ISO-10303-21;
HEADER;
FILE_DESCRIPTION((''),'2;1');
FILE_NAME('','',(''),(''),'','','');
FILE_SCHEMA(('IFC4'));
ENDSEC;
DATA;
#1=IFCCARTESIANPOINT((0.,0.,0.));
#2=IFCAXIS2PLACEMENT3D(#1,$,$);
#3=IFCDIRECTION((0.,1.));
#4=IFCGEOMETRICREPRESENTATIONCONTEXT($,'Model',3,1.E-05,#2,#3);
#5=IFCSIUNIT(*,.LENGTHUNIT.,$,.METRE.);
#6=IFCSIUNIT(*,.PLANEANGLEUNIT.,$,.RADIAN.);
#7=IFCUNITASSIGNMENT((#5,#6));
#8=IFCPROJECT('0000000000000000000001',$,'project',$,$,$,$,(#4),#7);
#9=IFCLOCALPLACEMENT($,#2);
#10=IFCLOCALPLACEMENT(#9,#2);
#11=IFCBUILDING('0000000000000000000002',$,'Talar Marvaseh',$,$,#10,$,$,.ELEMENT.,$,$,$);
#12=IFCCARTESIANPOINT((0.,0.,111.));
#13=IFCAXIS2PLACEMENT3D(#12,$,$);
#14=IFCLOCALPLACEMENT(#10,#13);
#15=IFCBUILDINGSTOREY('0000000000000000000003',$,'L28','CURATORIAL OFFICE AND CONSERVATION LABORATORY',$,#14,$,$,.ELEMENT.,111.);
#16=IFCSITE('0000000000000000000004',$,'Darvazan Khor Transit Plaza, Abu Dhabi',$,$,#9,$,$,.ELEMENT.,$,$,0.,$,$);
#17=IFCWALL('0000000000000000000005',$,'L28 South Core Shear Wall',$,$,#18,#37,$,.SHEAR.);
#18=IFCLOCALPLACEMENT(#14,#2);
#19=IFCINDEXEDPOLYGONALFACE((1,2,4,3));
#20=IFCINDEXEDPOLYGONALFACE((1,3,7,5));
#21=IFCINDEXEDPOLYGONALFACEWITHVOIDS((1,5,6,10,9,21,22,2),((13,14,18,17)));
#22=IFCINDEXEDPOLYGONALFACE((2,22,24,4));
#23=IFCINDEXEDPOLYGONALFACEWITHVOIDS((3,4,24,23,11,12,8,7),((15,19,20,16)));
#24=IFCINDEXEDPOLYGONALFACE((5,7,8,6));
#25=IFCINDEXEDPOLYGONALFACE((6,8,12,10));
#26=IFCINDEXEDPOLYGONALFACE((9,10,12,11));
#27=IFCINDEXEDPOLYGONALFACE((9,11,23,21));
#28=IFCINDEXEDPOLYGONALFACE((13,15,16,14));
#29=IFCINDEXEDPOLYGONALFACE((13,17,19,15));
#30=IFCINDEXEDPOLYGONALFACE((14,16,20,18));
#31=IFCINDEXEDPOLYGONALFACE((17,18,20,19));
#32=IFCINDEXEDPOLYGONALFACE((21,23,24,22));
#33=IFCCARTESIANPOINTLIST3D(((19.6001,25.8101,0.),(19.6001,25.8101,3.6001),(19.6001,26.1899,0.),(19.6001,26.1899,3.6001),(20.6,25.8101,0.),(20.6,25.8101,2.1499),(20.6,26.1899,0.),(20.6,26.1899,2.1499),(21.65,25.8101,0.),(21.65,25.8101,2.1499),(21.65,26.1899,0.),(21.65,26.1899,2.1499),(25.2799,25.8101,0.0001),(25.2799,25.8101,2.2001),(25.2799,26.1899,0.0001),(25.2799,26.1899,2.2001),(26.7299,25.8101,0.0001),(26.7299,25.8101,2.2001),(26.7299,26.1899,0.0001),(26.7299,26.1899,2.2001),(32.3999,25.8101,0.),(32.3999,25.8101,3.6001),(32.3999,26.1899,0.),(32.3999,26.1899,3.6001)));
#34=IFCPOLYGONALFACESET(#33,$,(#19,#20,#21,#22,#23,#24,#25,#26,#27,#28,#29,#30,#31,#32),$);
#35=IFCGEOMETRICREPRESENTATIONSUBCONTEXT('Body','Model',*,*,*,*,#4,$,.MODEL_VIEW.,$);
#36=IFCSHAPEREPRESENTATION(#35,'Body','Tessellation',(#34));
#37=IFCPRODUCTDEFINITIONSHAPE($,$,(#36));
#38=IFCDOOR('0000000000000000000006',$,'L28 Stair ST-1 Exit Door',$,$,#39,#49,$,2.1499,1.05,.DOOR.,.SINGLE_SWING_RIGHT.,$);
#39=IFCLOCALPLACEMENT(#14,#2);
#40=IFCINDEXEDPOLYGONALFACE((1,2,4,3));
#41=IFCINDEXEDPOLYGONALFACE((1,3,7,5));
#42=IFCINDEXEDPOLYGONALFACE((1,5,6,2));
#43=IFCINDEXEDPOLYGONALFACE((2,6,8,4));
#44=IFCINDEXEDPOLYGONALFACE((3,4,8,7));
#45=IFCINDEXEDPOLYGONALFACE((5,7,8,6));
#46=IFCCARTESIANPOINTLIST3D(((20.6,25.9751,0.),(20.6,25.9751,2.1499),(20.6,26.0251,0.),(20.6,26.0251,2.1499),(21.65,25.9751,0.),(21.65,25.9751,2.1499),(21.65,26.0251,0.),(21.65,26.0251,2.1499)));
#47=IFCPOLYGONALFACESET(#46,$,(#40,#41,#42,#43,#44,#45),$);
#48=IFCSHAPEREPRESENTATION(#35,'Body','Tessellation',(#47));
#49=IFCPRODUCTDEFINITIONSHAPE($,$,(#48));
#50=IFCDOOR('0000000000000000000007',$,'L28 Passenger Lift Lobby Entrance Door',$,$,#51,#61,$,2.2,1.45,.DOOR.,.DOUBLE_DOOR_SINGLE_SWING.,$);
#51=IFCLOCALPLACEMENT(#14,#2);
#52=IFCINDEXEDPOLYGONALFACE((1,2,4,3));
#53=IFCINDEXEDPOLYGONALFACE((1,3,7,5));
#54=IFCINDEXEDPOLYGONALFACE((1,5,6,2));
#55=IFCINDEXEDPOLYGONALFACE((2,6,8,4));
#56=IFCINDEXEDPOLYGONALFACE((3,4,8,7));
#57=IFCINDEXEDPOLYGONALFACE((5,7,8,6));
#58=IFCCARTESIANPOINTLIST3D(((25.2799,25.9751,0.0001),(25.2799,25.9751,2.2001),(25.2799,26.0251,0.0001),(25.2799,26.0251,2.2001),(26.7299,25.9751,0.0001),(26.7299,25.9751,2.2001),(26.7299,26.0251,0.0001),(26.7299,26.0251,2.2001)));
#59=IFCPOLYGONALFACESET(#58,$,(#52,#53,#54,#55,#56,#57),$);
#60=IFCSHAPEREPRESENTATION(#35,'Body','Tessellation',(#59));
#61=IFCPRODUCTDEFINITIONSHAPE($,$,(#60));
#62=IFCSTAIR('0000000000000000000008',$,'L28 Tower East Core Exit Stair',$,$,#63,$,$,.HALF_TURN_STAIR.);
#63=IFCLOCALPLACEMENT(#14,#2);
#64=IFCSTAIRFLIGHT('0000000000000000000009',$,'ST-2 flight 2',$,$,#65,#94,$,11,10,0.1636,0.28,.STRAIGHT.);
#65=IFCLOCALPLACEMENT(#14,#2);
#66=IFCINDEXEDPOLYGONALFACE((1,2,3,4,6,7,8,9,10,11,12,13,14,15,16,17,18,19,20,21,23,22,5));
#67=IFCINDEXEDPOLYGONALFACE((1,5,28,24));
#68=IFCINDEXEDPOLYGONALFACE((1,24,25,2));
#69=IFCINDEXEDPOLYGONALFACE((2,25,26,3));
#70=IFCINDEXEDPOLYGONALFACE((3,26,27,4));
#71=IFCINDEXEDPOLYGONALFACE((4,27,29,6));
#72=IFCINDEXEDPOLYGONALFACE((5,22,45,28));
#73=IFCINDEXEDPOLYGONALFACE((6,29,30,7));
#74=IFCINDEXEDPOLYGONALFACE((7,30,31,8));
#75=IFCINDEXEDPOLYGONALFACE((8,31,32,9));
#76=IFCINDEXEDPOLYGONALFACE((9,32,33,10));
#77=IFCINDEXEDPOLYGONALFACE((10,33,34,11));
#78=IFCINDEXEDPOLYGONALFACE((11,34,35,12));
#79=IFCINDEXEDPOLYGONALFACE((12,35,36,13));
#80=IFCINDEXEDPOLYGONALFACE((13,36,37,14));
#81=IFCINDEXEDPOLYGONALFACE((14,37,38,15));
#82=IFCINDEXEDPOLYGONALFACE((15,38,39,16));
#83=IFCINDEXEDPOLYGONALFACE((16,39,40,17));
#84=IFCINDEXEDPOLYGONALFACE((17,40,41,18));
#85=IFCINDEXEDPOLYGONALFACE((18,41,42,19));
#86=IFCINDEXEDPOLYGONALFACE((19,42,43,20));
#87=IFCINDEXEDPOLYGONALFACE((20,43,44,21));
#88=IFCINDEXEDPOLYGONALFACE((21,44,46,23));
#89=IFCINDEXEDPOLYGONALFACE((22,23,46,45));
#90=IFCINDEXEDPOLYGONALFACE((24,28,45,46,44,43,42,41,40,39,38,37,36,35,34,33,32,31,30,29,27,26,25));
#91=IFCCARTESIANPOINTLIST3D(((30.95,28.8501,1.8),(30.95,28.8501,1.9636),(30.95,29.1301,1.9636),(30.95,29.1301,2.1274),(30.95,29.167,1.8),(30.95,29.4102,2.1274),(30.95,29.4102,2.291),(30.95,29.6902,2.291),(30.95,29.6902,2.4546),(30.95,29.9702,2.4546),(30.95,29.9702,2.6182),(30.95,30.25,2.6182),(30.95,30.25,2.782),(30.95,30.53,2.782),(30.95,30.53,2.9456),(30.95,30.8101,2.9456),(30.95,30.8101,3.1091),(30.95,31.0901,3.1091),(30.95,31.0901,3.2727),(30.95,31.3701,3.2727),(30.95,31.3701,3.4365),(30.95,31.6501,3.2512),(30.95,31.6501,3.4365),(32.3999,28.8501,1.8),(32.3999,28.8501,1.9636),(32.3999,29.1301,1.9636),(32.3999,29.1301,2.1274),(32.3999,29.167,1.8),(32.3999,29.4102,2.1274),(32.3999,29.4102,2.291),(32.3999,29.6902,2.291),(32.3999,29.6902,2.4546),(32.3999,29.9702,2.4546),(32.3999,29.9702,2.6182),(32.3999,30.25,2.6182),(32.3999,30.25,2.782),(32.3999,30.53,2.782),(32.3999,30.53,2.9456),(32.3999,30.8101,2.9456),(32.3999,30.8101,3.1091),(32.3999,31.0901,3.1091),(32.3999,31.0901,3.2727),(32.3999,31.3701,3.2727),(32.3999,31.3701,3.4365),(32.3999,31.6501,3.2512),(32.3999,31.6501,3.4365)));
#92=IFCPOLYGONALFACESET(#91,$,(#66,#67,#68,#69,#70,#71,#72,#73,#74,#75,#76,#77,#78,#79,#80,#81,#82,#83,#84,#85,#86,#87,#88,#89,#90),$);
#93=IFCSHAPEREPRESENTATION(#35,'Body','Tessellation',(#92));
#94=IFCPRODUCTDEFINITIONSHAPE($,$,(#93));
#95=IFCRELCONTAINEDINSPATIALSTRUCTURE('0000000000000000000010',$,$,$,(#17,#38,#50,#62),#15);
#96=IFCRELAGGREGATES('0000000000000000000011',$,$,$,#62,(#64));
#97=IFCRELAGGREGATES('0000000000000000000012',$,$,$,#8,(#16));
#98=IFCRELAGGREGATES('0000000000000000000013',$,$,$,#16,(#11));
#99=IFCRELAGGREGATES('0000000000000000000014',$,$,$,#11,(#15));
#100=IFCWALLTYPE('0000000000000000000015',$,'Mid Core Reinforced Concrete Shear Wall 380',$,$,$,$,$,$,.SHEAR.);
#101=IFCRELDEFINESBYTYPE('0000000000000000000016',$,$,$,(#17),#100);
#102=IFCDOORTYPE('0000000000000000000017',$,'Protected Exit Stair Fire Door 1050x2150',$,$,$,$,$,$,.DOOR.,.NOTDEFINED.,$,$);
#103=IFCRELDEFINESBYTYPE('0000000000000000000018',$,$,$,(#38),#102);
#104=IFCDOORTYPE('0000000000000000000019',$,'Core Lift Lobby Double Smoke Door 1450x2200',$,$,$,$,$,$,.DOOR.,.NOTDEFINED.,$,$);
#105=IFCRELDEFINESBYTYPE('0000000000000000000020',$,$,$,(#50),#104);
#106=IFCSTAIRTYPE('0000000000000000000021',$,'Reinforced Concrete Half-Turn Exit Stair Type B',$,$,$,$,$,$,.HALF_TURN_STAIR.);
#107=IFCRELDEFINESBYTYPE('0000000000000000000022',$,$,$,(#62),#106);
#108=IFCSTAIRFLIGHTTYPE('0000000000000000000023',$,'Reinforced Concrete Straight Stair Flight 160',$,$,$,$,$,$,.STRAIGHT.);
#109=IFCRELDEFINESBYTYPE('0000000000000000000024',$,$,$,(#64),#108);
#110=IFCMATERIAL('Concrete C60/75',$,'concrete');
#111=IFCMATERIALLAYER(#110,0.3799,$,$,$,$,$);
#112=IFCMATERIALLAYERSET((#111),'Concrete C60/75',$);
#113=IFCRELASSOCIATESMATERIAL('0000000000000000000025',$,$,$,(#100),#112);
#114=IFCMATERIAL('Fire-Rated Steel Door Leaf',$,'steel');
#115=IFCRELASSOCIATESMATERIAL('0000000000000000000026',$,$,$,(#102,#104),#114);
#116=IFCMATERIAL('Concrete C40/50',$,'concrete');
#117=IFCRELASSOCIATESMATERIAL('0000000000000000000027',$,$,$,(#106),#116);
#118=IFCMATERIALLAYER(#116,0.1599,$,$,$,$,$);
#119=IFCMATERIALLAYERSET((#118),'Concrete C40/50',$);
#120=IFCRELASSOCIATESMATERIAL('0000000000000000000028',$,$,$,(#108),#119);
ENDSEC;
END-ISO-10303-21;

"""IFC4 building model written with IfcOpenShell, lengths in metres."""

from ifc_helpers import new_model, si_unit, direction, frame, frame_2d, origin, place, context, subcontext, project, spatial, polyline, rectangle, outline, extrude, source, transform, mapped, material, layer, layer_set, type_object, type_shapes, element, fill, aggregate, save


model = new_model("IFC4")

# Units and contexts
model_context = context("Model", 3, precision=1e-05, world=origin(), true_north=direction((0.0, 1.0)))
body_context = subcontext(model_context, "Body", "Model", "MODEL_VIEW")
ifc_project = project(units=[si_unit("LENGTHUNIT", "METRE"), si_unit("PLANEANGLEUNIT", "RADIAN")], contexts=[model_context])

# Site, building, storey
site_placement = place(None, origin())
site = spatial("IfcSite", under=ifc_project, at=site_placement, Name="Darvazan Khor Transit Plaza, Abu Dhabi", CompositionType="ELEMENT", RefElevation=0.0)
building_placement = place(site_placement, origin())
building = spatial("IfcBuilding", under=site, at=building_placement, Name="Talar Marvaseh", CompositionType="ELEMENT")
storey_placement = place(building_placement, frame((0.0, 0.0, 111.0)))
storey = spatial("IfcBuildingStorey", under=building, at=storey_placement, Name="L28", Description="CURATORIAL OFFICE AND CONSERVATION LABORATORY", CompositionType="ELEMENT", Elevation=111.0)

# Shared definitions
ifc_material_1 = material(Name="Concrete C60/75", Category="concrete")

# Wall, openings, doors
ifc_layer_1 = layer(ifc_material_1, 0.3799)
ifc_layer_set_1 = layer_set([ifc_layer_1], Name="Concrete C60/75")
wall_type_1 = type_object("IfcWallType", Name="Mid Core Reinforced Concrete Shear Wall 380", PredefinedType="SHEAR", material=ifc_layer_set_1)
wall_1_placement = place(storey_placement, frame((32.3999, 26.0, 0.0), z_axis=(0.0, 0.0, 1.0), x_axis=(-1.0, 0.0, 0.0)))
wall_1 = element("IfcWall", 1, at=wall_1_placement, inside=storey, type_object=wall_type_1, Name="L28 South Core Shear Wall", PredefinedType="SHEAR", context=body_context, shape_type="SweptSolid", body=[
    extrude(rectangle(XDim=12.7998, YDim=0.3799, at=frame_2d((6.3999, 0.0))), origin(), (0.0, 0.0, 1.0), 3.6001),
])
opening_1_placement = place(wall_1_placement, frame((10.75, 0.0, 0.0)))
opening_1 = element("IfcOpeningElement", 2, at=opening_1_placement, cuts=wall_1, PredefinedType="OPENING", context=body_context, shape_type="SweptSolid", body=[
    extrude(rectangle(XDim=1.05, YDim=2.1499, at=frame_2d((0.5249, 1.075))), frame((0.0, 0.2, 0.0), z_axis=(0.0, -1.0, 0.0), x_axis=(1.0, 0.0, 0.0)), (0.0, 0.0, 1.0), 0.3999),
])
opening_2_placement = place(wall_1_placement, frame((5.6699, 0.0, 0.0)))
opening_2 = element("IfcOpeningElement", 3, at=opening_2_placement, cuts=wall_1, PredefinedType="OPENING", context=body_context, shape_type="SweptSolid", body=[
    extrude(rectangle(XDim=1.45, YDim=2.2, at=frame_2d((0.7251, 1.1001))), frame((0.0, 0.2, 0.0), z_axis=(0.0, -1.0, 0.0), x_axis=(1.0, 0.0, 0.0)), (0.0, 0.0, 1.0), 0.3999),
])
ifc_material_2 = material(Name="Fire-Rated Steel Door Leaf", Category="steel")
door_type_1 = type_object("IfcDoorType", Name="Protected Exit Stair Fire Door 1050x2150", OperationType="NOTDEFINED", PredefinedType="DOOR", material=ifc_material_2)
shared_shape_1 = source(origin(), body_context, "Body", "SweptSolid", [
    extrude(rectangle(XDim=1.05, YDim=2.1499, at=frame_2d((0.5249, 1.075))), frame((0.0, 0.0249, 0.0), z_axis=(0.0, -1.0, 0.0), x_axis=(1.0, 0.0, 0.0)), (0.0, 0.0, 1.0), 0.05),
])
type_shapes(door_type_1, [shared_shape_1])
door_1_placement = place(opening_1_placement, origin())
door_1 = element("IfcDoor", 4, at=door_1_placement, inside=storey, type_object=door_type_1, Name="L28 Stair ST-1 Exit Door", OperationType="SINGLE_SWING_RIGHT", OverallHeight=2.1499, OverallWidth=1.05, PredefinedType="DOOR", context=body_context, shape_type="MappedRepresentation", body=[
    mapped(shared_shape_1, transform((0.0, 0.0, 0.0), x_axis=(1.0, 0.0, 0.0), y_axis=(0.0, 1.0, 0.0), z_axis=(0.0, 0.0, 1.0), scale=1.0)),
])
fill(opening_1, door_1)
door_type_2 = type_object("IfcDoorType", Name="Core Lift Lobby Double Smoke Door 1450x2200", OperationType="NOTDEFINED", PredefinedType="DOOR", material=ifc_material_2)
shared_shape_2 = source(origin(), body_context, "Body", "SweptSolid", [
    extrude(rectangle(XDim=1.45, YDim=2.2, at=frame_2d((0.7251, 1.1001))), frame((0.0, 0.0249, 0.0), z_axis=(0.0, -1.0, 0.0), x_axis=(1.0, 0.0, 0.0)), (0.0, 0.0, 1.0), 0.05),
])
type_shapes(door_type_2, [shared_shape_2])
door_2_placement = place(opening_2_placement, origin())
door_2 = element("IfcDoor", 5, at=door_2_placement, inside=storey, type_object=door_type_2, Name="L28 Passenger Lift Lobby Entrance Door", OperationType="DOUBLE_DOOR_SINGLE_SWING", OverallHeight=2.2, OverallWidth=1.45, PredefinedType="DOOR", context=body_context, shape_type="MappedRepresentation", body=[
    mapped(shared_shape_2, transform((0.0, 0.0, 0.0), x_axis=(1.0, 0.0, 0.0), y_axis=(0.0, 1.0, 0.0), z_axis=(0.0, 0.0, 1.0), scale=1.0)),
])
fill(opening_2, door_2)

# Stair, stair flight
ifc_material_3 = material(Name="Concrete C40/50", Category="concrete")
stair_type = type_object("IfcStairType", Name="Reinforced Concrete Half-Turn Exit Stair Type B", PredefinedType="HALF_TURN_STAIR", material=ifc_material_3)
stair_placement = place(storey_placement, origin())
stair = element("IfcStair", 6, at=stair_placement, inside=storey, type_object=stair_type, Name="L28 Tower East Core Exit Stair", PredefinedType="HALF_TURN_STAIR")
ifc_layer_2 = layer(ifc_material_3, 0.1599)
ifc_layer_set_2 = layer_set([ifc_layer_2], Name="Concrete C40/50")
stair_flight_type = type_object("IfcStairFlightType", Name="Reinforced Concrete Straight Stair Flight 160", PredefinedType="STRAIGHT", material=ifc_layer_set_2)
stair_flight_placement = place(storey_placement, frame((31.675, 28.8501, 1.8), z_axis=(0.0, 0.0, 1.0), x_axis=(0.0, 1.0, 0.0)))
stair_flight = element("IfcStairFlight", 7, at=stair_flight_placement, type_object=stair_flight_type, Name="ST-2 flight 2", NumberOfRisers=11, NumberOfTreads=10, PredefinedType="STRAIGHT", RiserHeight=0.1636, TreadLength=0.28, context=body_context, shape_type="SweptSolid", body=[
    extrude(outline(polyline([(0.0, 0.0), (0.0, 0.1636), (0.28, 0.1636), (0.28, 0.3274), (0.5601, 0.3274), (0.5601, 0.491), (0.8401, 0.491), (0.8401, 0.6545), (1.1201, 0.6545), (1.1201, 0.8181), (1.3999, 0.8181), (1.3999, 0.9819), (1.6799, 0.9819), (1.6799, 1.1455), (1.96, 1.1455), (1.96, 1.3091), (2.24, 1.3091), (2.24, 1.4727), (2.52, 1.4727), (2.52, 1.6365), (2.8, 1.6365), (2.8, 1.8), (2.8, 1.4512), (0.3169, 0.0), (0.0, 0.0)])), frame((0.0, 0.7251, 0.0), z_axis=(0.0, -1.0, 0.0), x_axis=(1.0, 0.0, 0.0)), (0.0, 0.0, 1.0), 1.45),
])
aggregate(stair, [stair_flight])

save(model, "model.ifc")
